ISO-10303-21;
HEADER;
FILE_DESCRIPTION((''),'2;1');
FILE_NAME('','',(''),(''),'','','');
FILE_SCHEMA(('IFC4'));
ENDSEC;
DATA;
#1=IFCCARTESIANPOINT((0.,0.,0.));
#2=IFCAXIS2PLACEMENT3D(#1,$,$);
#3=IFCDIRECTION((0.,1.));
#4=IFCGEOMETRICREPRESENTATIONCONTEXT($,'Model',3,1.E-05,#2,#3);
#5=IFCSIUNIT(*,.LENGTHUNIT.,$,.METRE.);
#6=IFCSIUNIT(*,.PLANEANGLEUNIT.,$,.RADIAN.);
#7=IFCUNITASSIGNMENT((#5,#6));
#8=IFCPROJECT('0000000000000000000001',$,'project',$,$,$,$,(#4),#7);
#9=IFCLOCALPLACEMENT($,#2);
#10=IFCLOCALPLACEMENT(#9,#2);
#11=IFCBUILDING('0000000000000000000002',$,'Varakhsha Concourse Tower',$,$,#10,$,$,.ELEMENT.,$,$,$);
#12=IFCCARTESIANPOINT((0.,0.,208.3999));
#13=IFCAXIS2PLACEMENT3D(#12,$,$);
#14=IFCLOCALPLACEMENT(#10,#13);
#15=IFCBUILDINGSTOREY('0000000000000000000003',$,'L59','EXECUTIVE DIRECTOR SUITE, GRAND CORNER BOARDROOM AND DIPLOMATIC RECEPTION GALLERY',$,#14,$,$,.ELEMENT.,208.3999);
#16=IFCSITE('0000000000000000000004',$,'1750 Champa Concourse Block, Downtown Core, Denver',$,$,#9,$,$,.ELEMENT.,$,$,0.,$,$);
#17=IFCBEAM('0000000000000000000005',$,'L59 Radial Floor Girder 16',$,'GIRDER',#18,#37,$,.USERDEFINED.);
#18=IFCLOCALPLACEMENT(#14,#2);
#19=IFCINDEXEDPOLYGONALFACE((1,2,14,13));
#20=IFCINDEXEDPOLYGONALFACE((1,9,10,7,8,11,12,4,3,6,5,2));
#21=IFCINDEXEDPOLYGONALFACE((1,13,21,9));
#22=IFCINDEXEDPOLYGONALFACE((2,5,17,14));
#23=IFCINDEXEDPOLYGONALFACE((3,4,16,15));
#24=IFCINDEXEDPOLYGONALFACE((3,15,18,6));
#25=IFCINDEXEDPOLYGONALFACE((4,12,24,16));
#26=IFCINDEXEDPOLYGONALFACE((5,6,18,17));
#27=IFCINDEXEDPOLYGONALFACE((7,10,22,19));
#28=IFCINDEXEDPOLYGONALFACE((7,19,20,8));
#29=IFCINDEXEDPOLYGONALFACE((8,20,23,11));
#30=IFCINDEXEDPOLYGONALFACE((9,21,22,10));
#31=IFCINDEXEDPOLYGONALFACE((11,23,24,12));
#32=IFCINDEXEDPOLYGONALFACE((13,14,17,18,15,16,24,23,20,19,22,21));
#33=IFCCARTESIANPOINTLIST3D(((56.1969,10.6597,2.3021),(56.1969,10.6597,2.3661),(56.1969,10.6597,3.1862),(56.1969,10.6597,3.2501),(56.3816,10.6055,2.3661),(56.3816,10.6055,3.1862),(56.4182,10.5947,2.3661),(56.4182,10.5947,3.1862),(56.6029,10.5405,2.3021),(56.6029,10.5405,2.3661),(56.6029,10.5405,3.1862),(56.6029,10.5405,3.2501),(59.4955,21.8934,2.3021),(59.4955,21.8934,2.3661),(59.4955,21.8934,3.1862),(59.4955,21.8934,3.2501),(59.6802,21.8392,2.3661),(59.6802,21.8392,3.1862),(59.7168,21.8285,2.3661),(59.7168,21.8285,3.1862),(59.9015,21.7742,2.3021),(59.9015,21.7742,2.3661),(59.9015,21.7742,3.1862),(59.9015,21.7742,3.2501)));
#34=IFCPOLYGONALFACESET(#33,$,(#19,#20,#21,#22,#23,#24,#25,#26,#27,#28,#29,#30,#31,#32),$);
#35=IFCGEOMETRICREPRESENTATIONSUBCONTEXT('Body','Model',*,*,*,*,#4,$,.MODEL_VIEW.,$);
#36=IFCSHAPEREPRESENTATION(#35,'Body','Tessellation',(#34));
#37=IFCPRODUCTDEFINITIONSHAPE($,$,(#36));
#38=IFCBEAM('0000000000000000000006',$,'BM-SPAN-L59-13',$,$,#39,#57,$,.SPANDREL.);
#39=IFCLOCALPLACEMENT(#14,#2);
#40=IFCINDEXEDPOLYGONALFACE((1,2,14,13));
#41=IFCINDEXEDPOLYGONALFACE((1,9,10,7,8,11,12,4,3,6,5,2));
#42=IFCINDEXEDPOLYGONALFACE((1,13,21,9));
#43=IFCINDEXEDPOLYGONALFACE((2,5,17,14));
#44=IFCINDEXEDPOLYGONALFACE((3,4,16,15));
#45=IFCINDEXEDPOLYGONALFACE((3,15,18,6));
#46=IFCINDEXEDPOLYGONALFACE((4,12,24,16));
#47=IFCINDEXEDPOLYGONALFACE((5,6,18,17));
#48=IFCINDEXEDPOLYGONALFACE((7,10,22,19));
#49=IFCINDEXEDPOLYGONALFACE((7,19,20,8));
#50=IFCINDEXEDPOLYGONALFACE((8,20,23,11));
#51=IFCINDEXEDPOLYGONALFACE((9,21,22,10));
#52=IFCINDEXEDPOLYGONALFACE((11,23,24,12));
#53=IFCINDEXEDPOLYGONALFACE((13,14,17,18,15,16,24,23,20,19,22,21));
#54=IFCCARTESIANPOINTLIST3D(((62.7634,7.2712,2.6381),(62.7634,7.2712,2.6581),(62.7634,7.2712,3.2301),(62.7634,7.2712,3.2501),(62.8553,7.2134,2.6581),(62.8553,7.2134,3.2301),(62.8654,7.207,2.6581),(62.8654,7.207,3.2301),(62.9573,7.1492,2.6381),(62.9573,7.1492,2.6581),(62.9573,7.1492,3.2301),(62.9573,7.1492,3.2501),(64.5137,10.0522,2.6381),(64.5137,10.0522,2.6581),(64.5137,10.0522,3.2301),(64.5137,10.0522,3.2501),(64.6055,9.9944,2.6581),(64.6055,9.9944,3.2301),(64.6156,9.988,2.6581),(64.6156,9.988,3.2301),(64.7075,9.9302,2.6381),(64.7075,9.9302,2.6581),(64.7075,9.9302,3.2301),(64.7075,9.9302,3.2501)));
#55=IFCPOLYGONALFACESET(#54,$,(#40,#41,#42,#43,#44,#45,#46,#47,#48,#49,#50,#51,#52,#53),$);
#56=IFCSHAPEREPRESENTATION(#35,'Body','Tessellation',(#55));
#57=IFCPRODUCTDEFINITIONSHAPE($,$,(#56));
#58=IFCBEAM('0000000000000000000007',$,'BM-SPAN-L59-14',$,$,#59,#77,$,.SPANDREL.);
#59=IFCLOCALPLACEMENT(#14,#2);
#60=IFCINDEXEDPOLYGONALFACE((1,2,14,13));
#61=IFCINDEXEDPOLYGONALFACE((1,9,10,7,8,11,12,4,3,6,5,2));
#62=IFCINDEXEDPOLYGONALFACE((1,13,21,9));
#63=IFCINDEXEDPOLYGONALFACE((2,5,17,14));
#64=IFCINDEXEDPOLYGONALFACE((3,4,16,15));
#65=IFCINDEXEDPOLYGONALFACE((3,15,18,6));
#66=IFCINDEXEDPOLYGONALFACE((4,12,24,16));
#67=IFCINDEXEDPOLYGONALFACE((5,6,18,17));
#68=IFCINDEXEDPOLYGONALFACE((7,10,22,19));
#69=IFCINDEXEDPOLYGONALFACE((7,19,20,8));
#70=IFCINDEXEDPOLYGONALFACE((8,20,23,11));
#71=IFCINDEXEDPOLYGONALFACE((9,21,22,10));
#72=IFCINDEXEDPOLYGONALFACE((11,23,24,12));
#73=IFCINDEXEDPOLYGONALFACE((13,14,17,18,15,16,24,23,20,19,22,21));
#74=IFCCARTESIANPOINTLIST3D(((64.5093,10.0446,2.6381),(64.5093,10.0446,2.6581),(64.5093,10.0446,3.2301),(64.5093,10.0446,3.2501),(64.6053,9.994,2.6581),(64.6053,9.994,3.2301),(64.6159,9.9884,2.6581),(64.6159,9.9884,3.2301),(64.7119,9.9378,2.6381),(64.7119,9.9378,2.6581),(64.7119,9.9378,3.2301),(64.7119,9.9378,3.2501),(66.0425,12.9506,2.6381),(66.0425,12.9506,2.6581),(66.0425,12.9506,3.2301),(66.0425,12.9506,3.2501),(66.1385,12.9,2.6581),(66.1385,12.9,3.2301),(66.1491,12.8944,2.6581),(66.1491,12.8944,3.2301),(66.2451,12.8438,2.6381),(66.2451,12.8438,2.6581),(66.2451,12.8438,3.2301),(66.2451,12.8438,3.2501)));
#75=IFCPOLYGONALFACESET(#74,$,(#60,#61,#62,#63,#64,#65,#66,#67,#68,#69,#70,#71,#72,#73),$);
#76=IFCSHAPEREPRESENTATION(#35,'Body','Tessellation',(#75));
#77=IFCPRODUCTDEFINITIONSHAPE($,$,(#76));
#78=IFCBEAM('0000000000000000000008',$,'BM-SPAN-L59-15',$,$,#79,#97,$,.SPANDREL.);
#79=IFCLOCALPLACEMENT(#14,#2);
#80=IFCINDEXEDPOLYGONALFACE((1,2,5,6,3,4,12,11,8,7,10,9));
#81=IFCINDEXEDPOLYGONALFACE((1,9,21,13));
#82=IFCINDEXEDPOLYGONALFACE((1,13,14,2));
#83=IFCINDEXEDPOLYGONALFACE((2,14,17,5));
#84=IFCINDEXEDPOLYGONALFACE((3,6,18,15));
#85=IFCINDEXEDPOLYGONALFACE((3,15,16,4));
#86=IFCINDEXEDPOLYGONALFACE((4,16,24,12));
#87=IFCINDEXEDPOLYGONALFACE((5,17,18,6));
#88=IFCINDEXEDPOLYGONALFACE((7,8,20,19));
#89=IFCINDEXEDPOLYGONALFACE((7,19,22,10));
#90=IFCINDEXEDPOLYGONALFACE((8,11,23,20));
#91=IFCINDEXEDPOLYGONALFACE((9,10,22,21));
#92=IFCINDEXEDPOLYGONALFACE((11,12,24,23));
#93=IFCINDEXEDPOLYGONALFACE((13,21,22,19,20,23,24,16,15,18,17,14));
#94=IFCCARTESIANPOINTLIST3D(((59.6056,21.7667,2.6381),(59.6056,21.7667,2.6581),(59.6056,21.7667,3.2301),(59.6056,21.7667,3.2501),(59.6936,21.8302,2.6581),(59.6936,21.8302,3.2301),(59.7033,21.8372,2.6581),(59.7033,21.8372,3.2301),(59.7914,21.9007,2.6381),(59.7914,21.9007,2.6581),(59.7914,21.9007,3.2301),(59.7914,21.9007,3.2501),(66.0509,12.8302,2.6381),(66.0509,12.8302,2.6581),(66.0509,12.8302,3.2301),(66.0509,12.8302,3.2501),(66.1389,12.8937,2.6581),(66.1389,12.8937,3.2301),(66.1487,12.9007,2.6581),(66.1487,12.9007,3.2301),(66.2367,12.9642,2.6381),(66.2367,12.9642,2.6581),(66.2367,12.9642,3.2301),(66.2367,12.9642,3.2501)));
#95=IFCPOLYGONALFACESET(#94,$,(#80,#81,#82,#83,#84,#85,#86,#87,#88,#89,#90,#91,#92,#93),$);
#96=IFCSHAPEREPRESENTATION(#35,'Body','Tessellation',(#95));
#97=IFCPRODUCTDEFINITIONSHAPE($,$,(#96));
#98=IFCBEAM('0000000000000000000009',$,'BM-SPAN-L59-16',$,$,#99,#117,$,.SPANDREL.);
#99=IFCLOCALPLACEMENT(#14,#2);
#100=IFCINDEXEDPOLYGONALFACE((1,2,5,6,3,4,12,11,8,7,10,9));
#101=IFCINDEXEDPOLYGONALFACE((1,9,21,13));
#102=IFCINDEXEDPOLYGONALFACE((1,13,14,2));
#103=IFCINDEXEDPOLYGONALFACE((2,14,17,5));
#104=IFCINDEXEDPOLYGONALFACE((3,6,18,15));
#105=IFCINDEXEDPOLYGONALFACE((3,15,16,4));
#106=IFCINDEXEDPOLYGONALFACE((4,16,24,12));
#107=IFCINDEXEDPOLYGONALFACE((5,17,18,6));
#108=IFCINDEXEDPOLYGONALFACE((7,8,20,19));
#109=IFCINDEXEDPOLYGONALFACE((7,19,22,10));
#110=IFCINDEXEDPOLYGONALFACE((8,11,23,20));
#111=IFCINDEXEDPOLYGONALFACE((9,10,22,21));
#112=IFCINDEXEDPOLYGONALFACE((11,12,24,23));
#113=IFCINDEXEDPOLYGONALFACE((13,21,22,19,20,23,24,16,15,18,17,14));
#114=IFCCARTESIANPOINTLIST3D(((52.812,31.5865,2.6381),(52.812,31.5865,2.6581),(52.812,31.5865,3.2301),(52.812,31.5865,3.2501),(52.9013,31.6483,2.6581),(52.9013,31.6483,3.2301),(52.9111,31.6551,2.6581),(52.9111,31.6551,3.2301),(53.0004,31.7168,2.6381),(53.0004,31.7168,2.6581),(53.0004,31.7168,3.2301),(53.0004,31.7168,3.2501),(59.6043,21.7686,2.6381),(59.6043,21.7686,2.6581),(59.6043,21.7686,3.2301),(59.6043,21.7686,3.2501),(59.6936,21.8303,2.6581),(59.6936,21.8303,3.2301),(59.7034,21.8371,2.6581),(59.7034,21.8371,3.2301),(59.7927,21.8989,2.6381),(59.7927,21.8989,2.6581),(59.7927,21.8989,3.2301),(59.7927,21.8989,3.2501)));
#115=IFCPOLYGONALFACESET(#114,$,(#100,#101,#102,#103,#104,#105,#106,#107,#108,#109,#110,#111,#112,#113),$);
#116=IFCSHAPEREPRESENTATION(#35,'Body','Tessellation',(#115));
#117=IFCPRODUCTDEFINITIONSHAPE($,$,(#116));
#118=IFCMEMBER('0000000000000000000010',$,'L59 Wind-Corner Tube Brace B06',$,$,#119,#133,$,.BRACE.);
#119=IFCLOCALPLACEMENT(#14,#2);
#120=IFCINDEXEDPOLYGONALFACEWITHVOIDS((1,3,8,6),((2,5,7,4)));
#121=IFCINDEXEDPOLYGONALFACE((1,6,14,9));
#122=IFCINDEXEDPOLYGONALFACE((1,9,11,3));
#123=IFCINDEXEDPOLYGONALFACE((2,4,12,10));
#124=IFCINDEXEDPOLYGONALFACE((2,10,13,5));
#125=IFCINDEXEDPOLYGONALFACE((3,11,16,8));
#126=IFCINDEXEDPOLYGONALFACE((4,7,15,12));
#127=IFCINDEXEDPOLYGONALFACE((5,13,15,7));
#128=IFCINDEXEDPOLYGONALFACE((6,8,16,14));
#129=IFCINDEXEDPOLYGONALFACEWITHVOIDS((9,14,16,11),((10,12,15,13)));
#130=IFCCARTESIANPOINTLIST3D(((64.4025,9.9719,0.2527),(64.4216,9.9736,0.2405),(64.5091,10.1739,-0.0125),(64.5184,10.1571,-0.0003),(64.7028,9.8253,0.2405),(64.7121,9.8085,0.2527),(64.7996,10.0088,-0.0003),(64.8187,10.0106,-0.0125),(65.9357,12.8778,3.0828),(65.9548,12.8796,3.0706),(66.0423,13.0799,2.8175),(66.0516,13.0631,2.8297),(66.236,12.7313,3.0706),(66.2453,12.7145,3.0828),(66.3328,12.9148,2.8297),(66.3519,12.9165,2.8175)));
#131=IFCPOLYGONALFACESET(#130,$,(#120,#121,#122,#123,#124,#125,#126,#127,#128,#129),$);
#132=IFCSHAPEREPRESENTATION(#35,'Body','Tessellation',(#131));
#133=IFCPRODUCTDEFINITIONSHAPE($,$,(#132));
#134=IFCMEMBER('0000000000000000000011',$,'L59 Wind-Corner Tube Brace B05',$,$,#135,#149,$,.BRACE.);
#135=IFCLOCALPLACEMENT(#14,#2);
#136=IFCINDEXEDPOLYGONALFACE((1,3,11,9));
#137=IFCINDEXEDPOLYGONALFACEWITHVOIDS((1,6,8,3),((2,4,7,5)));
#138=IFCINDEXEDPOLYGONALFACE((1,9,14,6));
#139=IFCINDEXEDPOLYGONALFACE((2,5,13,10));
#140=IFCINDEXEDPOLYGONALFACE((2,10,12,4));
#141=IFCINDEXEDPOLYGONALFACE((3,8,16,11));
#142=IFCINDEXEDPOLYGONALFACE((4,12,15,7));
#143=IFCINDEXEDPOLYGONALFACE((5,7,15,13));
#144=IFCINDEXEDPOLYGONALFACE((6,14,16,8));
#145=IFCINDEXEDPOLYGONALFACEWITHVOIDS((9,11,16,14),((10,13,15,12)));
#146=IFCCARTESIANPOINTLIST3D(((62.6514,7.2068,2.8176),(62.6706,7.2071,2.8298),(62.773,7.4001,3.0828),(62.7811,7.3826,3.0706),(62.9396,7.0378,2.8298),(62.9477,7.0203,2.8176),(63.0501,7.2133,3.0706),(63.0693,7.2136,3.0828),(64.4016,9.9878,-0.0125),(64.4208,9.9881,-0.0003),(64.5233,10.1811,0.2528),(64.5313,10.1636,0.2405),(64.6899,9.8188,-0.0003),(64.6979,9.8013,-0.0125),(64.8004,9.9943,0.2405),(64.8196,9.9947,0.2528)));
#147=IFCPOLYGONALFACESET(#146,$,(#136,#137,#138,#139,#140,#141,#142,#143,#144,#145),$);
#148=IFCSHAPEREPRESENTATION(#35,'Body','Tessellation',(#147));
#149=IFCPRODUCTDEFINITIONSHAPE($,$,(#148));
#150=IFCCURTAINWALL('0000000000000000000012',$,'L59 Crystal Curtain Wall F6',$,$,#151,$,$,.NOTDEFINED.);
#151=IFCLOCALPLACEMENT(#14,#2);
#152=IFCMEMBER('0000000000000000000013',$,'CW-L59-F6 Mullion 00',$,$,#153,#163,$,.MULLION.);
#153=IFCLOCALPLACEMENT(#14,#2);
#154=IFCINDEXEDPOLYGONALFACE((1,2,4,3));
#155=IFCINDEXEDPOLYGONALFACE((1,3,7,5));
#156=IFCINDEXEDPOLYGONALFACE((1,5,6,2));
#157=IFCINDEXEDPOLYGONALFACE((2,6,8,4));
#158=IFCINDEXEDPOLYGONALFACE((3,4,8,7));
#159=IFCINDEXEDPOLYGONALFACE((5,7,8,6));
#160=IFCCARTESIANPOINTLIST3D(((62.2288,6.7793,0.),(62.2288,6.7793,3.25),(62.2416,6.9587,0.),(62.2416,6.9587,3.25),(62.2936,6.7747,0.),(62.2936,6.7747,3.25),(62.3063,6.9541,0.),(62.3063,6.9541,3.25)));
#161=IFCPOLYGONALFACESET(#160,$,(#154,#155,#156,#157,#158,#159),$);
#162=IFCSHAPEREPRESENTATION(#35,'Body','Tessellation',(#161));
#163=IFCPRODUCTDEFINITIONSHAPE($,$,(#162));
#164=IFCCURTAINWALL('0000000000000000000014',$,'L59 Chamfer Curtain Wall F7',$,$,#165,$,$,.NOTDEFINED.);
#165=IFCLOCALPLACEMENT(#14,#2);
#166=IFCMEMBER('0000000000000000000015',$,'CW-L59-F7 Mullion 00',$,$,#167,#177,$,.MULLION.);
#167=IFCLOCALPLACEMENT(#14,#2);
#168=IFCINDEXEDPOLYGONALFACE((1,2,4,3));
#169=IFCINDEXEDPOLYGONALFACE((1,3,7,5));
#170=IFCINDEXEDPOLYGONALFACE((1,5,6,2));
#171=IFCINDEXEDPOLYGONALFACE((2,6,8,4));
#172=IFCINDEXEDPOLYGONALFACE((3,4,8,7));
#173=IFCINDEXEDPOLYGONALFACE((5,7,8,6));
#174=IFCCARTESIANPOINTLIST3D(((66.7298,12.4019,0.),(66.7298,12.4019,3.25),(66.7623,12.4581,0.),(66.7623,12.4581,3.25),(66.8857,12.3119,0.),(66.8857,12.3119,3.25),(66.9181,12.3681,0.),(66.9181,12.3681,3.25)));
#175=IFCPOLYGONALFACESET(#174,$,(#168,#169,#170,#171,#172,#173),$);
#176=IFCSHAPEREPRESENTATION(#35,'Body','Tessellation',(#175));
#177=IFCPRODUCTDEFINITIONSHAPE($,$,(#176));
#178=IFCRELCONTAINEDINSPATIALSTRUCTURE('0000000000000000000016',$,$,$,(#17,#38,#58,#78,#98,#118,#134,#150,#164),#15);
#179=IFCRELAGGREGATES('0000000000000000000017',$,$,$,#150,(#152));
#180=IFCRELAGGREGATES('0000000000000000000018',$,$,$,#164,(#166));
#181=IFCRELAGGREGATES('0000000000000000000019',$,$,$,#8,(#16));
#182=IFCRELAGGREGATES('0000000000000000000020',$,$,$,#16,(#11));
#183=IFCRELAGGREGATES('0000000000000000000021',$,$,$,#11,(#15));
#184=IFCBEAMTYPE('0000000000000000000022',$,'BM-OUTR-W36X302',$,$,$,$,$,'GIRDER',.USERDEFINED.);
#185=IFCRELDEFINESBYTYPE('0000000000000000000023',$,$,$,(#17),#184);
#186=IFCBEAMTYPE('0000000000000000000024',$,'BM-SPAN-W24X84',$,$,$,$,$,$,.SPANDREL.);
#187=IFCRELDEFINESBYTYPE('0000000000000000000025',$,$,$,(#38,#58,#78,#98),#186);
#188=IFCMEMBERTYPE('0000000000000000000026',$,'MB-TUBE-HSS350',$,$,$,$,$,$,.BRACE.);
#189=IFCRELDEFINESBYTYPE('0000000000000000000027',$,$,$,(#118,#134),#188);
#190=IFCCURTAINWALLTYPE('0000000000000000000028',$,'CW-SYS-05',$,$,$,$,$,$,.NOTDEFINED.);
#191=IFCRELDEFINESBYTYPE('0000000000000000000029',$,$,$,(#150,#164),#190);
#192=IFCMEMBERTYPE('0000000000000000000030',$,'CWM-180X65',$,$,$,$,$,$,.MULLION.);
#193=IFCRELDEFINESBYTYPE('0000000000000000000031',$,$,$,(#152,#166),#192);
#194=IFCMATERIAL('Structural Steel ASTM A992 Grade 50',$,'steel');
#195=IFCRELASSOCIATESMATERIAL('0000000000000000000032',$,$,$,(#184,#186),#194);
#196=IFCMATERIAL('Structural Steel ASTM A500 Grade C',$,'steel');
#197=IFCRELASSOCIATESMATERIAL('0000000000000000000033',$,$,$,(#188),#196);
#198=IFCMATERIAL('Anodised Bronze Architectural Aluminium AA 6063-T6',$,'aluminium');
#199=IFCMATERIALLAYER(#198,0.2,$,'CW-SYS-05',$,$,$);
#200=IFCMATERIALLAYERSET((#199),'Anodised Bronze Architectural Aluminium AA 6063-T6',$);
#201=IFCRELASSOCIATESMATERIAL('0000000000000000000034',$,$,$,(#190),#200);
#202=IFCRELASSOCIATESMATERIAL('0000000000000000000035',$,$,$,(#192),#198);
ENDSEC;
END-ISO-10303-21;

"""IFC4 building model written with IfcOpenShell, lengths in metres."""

from ifc_helpers import new_model, si_unit, direction, frame, origin, origin_2d, place, context, subcontext, project, spatial, rectangle, hollow_rectangle, i_section, extrude, source, transform, mapped, material, layer, layer_set, material_profile, profile_set, type_object, type_shapes, element, aggregate, save


model = new_model("IFC4")

# Units and contexts
model_context = context("Model", 3, precision=1e-05, world=origin(), true_north=direction((0.0, 1.0)))
body_context = subcontext(model_context, "Body", "Model", "MODEL_VIEW")
ifc_project = project(units=[si_unit("LENGTHUNIT", "METRE"), si_unit("PLANEANGLEUNIT", "RADIAN")], contexts=[model_context])

# Site, building, storey
site_placement = place(None, origin())
site = spatial("IfcSite", under=ifc_project, at=site_placement, Name="1750 Champa Concourse Block, Downtown Core, Denver", CompositionType="ELEMENT", RefElevation=0.0)
building_placement = place(site_placement, origin())
building = spatial("IfcBuilding", under=site, at=building_placement, Name="Varakhsha Concourse Tower", CompositionType="ELEMENT")
storey_placement = place(building_placement, frame((0.0, 0.0, 208.3999)))
storey = spatial("IfcBuildingStorey", under=building, at=storey_placement, Name="L59", Description="EXECUTIVE DIRECTOR SUITE, GRAND CORNER BOARDROOM AND DIPLOMATIC RECEPTION GALLERY", CompositionType="ELEMENT", Elevation=208.3999)

# Beams
ifc_material_1 = material(Name="Structural Steel ASTM A992 Grade 50", Category="steel")
ifc_material_profile_1 = material_profile(ifc_material_1, i_section(OverallWidth=0.4231, OverallDepth=0.948, WebThickness=0.0381, FlangeThickness=0.064, at=origin_2d()), Name="W36X302")
ifc_profile_set_1 = profile_set([ifc_material_profile_1], Name="Structural Steel ASTM A992 Grade 50")
beam_type_1 = type_object("IfcBeamType", Name="BM-OUTR-W36X302", ElementType="GIRDER", PredefinedType="USERDEFINED", material=ifc_profile_set_1)
beam_1_placement = place(storey_placement, frame((56.3999, 10.6001, 2.7761), z_axis=(0.28174, 0.959491, 0.0), x_axis=(-0.959491, 0.28174, 0.0)))
element("IfcBeam", 1, at=beam_1_placement, inside=storey, type_object=beam_type_1, Name="L59 Radial Floor Girder 16", ObjectType="GIRDER", PredefinedType="USERDEFINED", context=body_context, shape_type="SweptSolid", body=[
    extrude(i_section(OverallWidth=0.4231, OverallDepth=0.948, WebThickness=0.0381, FlangeThickness=0.064, at=origin_2d()), origin(), (0.0, 0.0, 1.0), 11.708),
])
ifc_material_profile_2 = material_profile(ifc_material_1, i_section(OverallWidth=0.229, OverallDepth=0.6121, WebThickness=0.012, FlangeThickness=0.02, at=origin_2d()), Name="W24X84")
ifc_profile_set_2 = profile_set([ifc_material_profile_2], Name="Structural Steel ASTM A992 Grade 50")
beam_type_2 = type_object("IfcBeamType", Name="BM-SPAN-W24X84", PredefinedType="SPANDREL", material=ifc_profile_set_2)
beam_2_placement = place(storey_placement, frame((62.8604, 7.2102, 2.9441), z_axis=(0.532648, 0.846337, 0.0), x_axis=(-0.846337, 0.532648, 0.0)))
element("IfcBeam", 2, at=beam_2_placement, inside=storey, type_object=beam_type_2, Name="BM-SPAN-L59-13", PredefinedType="SPANDREL", context=body_context, shape_type="SweptSolid", body=[
    extrude(i_section(OverallWidth=0.229, OverallDepth=0.6121, WebThickness=0.012, FlangeThickness=0.02, at=origin_2d()), origin(), (0.0, 0.0, 1.0), 3.2859),
])
beam_3_placement = place(storey_placement, frame((64.6106, 9.9912, 2.9441), z_axis=(0.466634, 0.88445, 0.0), x_axis=(-0.88445, 0.466634, 0.0)))
element("IfcBeam", 3, at=beam_3_placement, inside=storey, type_object=beam_type_2, Name="BM-SPAN-L59-14", PredefinedType="SPANDREL", context=body_context, shape_type="SweptSolid", body=[
    extrude(i_section(OverallWidth=0.229, OverallDepth=0.6121, WebThickness=0.012, FlangeThickness=0.02, at=origin_2d()), origin(), (0.0, 0.0, 1.0), 3.2856),
])
beam_4_placement = place(storey_placement, frame((66.1438, 12.8972, 2.9441), z_axis=(-0.584963, 0.81106, 0.0), x_axis=(-0.81106, -0.584963, 0.0)))
element("IfcBeam", 4, at=beam_4_placement, inside=storey, type_object=beam_type_2, Name="BM-SPAN-L59-15", PredefinedType="SPANDREL", context=body_context, shape_type="SweptSolid", body=[
    extrude(i_section(OverallWidth=0.229, OverallDepth=0.6121, WebThickness=0.012, FlangeThickness=0.02, at=origin_2d()), origin(), (0.0, 0.0, 1.0), 11.0183),
])
beam_5_placement = place(storey_placement, frame((59.6985, 21.8337, 2.9441), z_axis=(-0.568941, 0.822378, 0.0), x_axis=(-0.822378, -0.568941, 0.0)))
element("IfcBeam", 5, at=beam_5_placement, inside=storey, type_object=beam_type_2, Name="BM-SPAN-L59-16", PredefinedType="SPANDREL", context=body_context, shape_type="SweptSolid", body=[
    extrude(i_section(OverallWidth=0.229, OverallDepth=0.6121, WebThickness=0.012, FlangeThickness=0.02, at=origin_2d()), origin(), (0.0, 0.0, 1.0), 11.9385),
])

# Members
ifc_material_2 = material(Name="Structural Steel ASTM A500 Grade C", Category="steel")
ifc_material_profile_3 = material_profile(ifc_material_2, hollow_rectangle(XDim=0.3501, YDim=0.3501, WallThickness=0.0161, at=origin_2d()), Name="HSS 350x350x16")
ifc_profile_set_3 = profile_set([ifc_material_profile_3], Name="Structural Steel ASTM A500 Grade C")
member_type_1 = type_object("IfcMemberType", Name="MB-TUBE-HSS350", PredefinedType="BRACE", material=ifc_profile_set_3)
shared_shape_1 = source(origin(), body_context, "Body", "SweptSolid", [
    extrude(hollow_rectangle(XDim=0.3501, YDim=0.3501, WallThickness=0.0161, at=origin_2d()), origin(), (0.0, 0.0, 1.0), 4.3364),
])
member_1_placement = place(storey_placement, frame((64.6106, 9.9912, 0.1201), z_axis=(0.353561, 0.670133, 0.652623), x_axis=(-0.88445, 0.466634, 0.0)))
element("IfcMember", 6, at=member_1_placement, inside=storey, type_object=member_type_1, Name="L59 Wind-Corner Tube Brace B06", PredefinedType="BRACE", context=body_context, shape_type="MappedRepresentation", body=[
    mapped(shared_shape_1, transform((0.0, 0.0, 0.0), scale=1.0)),
])
shared_shape_2 = source(origin(), body_context, "Body", "SweptSolid", [
    extrude(hollow_rectangle(XDim=0.3501, YDim=0.3501, WallThickness=0.0161, at=origin_2d()), origin(), (0.0, 0.0, 1.0), 4.3367),
])
type_shapes(member_type_1, [shared_shape_1, shared_shape_2])
member_2_placement = place(storey_placement, frame((64.6106, 9.9912, 0.1201), z_axis=(-0.403592, -0.641277, 0.652593), x_axis=(0.846337, -0.532648, 0.0)))
element("IfcMember", 7, at=member_2_placement, inside=storey, type_object=member_type_1, Name="L59 Wind-Corner Tube Brace B05", PredefinedType="BRACE", context=body_context, shape_type="MappedRepresentation", body=[
    mapped(shared_shape_2, transform((0.0, 0.0, 0.0), scale=1.0)),
])

# Curtain wall, member
ifc_material_3 = material(Name="Anodised Bronze Architectural Aluminium AA 6063-T6", Category="aluminium")
ifc_layer_1 = layer(ifc_material_3, 0.2, Name="CW-SYS-05")
ifc_layer_set_1 = layer_set([ifc_layer_1], Name="Anodised Bronze Architectural Aluminium AA 6063-T6")
curtain_wall_type = type_object("IfcCurtainWallType", Name="CW-SYS-05", PredefinedType="NOTDEFINED", material=ifc_layer_set_1)
curtain_wall_1_placement = place(storey_placement, origin())
curtain_wall_1 = element("IfcCurtainWall", 8, at=curtain_wall_1_placement, inside=storey, type_object=curtain_wall_type, Name="L59 Crystal Curtain Wall F6", PredefinedType="NOTDEFINED")
ifc_material_profile_4 = material_profile(ifc_material_3, rectangle(XDim=0.0649, YDim=0.1799, at=origin_2d()), Name="CWM-180X65")
ifc_profile_set_4 = profile_set([ifc_material_profile_4], Name="Anodised Bronze Architectural Aluminium AA 6063-T6")
member_type_2 = type_object("IfcMemberType", Name="CWM-180X65", PredefinedType="MULLION", material=ifc_profile_set_4)
shared_shape_3 = source(origin(), body_context, "Body", "SweptSolid", [
    extrude(rectangle(XDim=0.0649, YDim=0.1799, at=origin_2d()), origin(), (0.0, 0.0, 1.0), 3.25),
])
type_shapes(member_type_2, [shared_shape_3])
member_3_placement = place(storey_placement, frame((62.2676, 6.8667, 0.0), z_axis=(0.0, 0.0, 1.0), x_axis=(-0.997496, 0.070723, 0.0)))
member_3 = element("IfcMember", 9, at=member_3_placement, type_object=member_type_2, Name="CW-L59-F6 Mullion 00", PredefinedType="MULLION", context=body_context, shape_type="MappedRepresentation", body=[
    mapped(shared_shape_3, transform((0.0, 0.0, 0.0), scale=1.0)),
])

# Curtain wall, member
curtain_wall_2_placement = place(storey_placement, origin())
curtain_wall_2 = element("IfcCurtainWall", 10, at=curtain_wall_2_placement, inside=storey, type_object=curtain_wall_type, Name="L59 Chamfer Curtain Wall F7", PredefinedType="NOTDEFINED")
member_4_placement = place(storey_placement, frame((66.824, 12.385, 0.0), z_axis=(0.0, 0.0, 1.0), x_axis=(-0.499994, -0.866029, 0.0)))
member_4 = element("IfcMember", 11, at=member_4_placement, type_object=member_type_2, Name="CW-L59-F7 Mullion 00", PredefinedType="MULLION", context=body_context, shape_type="MappedRepresentation", body=[
    mapped(shared_shape_3, transform((0.0, 0.0, 0.0), scale=1.0)),
])

aggregate(curtain_wall_1, [member_3])
aggregate(curtain_wall_2, [member_4])

save(model, "model.ifc")
